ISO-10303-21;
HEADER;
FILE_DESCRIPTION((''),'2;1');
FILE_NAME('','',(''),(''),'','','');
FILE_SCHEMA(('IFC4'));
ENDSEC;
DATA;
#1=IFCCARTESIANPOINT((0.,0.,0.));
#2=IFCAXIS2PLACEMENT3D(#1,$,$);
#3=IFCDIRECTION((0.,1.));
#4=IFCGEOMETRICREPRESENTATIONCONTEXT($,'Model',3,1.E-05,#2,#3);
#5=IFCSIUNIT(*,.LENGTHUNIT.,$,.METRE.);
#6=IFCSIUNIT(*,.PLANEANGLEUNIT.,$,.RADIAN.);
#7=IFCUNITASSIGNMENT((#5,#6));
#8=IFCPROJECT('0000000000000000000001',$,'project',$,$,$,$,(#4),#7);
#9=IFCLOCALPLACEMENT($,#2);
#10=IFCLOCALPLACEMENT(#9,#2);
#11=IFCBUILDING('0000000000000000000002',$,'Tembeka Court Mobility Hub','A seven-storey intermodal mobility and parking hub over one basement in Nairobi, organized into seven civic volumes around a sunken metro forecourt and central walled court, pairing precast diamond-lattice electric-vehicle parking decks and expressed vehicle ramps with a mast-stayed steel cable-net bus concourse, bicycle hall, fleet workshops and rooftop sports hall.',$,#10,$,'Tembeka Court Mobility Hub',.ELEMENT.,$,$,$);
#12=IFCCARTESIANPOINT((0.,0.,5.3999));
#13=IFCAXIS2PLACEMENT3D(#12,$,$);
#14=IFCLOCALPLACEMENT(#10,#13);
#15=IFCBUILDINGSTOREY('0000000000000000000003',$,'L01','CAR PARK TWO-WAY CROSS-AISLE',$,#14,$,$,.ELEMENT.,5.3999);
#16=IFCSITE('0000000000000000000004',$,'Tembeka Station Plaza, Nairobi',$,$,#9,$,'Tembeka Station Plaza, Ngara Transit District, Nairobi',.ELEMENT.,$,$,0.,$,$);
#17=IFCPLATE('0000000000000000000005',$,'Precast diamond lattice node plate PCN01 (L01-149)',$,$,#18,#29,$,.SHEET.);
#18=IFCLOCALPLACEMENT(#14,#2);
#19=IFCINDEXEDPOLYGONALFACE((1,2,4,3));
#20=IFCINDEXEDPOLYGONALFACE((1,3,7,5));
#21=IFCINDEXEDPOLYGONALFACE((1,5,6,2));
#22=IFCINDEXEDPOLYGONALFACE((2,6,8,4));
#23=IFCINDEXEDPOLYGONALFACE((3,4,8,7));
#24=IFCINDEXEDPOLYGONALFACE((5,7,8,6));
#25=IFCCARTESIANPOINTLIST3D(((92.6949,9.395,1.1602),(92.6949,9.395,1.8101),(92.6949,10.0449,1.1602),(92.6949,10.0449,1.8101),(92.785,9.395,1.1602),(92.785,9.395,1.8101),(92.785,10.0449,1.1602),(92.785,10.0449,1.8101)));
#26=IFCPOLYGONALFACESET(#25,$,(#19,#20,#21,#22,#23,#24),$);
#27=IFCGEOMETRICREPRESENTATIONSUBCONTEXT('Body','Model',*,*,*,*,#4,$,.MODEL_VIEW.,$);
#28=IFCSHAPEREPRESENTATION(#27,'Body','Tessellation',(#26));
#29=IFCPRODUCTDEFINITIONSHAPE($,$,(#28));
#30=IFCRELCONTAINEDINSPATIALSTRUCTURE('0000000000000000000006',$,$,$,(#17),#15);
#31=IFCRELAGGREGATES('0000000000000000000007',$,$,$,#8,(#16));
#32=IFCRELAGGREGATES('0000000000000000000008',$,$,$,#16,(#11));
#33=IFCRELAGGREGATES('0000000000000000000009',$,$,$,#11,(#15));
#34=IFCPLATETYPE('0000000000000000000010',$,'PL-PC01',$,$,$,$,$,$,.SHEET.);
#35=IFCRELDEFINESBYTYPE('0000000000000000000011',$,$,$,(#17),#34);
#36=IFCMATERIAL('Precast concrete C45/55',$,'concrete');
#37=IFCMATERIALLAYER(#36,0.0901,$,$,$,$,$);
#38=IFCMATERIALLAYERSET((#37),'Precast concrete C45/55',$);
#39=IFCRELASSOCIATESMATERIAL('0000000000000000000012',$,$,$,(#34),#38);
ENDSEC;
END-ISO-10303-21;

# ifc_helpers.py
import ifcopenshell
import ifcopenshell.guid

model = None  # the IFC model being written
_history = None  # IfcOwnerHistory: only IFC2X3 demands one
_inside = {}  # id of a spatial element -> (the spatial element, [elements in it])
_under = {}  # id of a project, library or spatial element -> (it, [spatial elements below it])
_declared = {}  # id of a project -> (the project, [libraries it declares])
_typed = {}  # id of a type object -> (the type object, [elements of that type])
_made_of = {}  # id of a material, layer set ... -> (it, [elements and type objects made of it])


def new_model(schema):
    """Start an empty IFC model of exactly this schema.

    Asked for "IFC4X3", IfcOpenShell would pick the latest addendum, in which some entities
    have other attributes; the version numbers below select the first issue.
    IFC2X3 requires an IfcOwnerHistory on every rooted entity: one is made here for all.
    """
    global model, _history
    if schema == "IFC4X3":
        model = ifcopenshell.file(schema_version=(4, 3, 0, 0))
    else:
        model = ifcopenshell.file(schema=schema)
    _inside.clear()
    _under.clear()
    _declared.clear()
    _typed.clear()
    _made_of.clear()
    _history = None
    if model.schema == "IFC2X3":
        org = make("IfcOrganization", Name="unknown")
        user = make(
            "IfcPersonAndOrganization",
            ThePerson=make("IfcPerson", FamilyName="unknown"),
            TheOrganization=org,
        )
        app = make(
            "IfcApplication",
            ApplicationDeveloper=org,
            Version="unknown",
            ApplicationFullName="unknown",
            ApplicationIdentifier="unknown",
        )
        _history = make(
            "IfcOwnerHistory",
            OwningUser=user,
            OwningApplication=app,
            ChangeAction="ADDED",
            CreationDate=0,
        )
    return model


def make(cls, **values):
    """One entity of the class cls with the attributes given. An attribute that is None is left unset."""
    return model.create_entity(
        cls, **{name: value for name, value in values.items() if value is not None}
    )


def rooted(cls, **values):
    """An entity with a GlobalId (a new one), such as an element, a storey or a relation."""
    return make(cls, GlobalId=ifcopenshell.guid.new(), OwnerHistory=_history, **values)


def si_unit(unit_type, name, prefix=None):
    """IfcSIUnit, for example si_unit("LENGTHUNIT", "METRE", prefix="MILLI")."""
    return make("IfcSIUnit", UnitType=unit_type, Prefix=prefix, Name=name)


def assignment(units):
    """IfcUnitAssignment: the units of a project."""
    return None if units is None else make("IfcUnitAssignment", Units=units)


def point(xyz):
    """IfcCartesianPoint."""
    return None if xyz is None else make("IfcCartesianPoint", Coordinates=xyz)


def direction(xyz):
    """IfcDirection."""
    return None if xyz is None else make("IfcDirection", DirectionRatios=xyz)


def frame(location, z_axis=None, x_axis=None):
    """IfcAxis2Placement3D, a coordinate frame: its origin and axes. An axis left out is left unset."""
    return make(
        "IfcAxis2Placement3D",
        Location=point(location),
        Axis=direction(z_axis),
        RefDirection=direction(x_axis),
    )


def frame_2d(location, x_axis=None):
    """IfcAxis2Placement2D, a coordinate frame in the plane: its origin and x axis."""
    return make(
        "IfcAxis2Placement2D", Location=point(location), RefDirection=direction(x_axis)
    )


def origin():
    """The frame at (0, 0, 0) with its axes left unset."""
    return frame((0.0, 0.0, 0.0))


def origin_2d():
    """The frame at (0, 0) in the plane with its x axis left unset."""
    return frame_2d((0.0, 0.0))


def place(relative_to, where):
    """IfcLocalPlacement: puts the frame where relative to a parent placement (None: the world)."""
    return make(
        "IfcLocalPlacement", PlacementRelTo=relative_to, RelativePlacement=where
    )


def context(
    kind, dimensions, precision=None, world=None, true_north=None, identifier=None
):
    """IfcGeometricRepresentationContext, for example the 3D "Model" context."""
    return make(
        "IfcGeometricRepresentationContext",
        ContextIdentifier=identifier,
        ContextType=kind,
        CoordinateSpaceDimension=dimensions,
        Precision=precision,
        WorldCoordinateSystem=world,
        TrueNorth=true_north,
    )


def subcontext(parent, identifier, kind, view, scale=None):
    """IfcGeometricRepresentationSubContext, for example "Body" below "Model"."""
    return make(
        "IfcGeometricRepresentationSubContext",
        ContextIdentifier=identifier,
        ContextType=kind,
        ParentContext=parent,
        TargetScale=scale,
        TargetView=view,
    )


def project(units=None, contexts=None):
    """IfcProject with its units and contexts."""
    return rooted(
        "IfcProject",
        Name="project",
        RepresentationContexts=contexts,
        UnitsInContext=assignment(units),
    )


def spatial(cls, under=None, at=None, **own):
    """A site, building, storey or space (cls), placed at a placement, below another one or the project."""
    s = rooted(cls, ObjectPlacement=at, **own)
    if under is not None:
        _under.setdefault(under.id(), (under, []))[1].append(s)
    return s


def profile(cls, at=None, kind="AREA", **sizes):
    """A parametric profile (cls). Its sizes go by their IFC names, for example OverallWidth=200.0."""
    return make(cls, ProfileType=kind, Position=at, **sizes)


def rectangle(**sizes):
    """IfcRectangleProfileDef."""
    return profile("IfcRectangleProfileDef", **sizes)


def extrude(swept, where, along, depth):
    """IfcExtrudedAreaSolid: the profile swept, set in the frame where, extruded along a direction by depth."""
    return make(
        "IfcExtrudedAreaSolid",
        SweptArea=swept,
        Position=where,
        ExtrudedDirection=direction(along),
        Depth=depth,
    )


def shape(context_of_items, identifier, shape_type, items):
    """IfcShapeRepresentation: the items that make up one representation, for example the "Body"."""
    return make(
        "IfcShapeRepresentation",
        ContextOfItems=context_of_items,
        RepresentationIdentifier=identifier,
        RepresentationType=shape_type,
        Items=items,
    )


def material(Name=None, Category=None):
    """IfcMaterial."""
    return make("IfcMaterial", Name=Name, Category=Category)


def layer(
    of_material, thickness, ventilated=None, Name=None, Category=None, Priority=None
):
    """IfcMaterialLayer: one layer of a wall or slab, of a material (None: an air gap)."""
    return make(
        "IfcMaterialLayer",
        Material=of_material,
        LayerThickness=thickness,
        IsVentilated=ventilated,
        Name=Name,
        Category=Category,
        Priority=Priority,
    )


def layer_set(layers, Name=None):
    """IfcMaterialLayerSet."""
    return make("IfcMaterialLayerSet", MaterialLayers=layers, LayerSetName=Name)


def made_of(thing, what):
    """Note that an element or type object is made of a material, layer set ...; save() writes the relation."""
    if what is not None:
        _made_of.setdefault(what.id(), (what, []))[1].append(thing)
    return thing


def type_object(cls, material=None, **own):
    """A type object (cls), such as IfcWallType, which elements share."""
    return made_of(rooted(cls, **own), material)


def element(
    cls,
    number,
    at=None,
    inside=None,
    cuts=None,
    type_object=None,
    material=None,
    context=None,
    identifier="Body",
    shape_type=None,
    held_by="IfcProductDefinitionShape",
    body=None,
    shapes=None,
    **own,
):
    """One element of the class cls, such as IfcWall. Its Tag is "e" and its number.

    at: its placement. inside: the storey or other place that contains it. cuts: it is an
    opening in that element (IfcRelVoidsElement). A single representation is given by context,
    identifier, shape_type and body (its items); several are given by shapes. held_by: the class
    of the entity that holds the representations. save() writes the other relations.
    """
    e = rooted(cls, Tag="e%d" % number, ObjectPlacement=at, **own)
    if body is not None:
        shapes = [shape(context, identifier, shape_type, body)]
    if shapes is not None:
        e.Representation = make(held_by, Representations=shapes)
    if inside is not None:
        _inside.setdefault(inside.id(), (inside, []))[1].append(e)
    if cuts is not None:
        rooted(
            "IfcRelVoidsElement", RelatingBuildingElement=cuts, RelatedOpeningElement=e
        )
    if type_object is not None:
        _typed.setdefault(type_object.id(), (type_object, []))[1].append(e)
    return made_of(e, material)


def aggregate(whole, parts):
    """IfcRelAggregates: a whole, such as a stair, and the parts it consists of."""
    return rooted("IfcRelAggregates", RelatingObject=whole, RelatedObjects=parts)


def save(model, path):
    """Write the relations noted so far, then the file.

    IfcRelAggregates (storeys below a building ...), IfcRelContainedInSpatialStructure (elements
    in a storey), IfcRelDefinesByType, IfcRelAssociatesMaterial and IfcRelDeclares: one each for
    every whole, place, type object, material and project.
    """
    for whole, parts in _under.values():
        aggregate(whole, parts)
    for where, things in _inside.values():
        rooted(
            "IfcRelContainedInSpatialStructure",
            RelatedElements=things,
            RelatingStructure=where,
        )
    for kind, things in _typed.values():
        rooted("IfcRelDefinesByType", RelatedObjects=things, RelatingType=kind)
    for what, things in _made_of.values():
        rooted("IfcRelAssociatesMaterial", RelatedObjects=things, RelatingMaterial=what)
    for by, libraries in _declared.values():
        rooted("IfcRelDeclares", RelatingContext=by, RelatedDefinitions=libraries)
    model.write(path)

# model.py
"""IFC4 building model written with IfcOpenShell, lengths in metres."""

from ifc_helpers import new_model, si_unit, direction, frame, origin, origin_2d, place, context, subcontext, project, spatial, rectangle, extrude, material, layer, layer_set, type_object, element, save


model = new_model("IFC4")

# Units and contexts
model_context = context("Model", 3, precision=1e-05, world=origin(), true_north=direction((0.0, 1.0)))
body_context = subcontext(model_context, "Body", "Model", "MODEL_VIEW")
ifc_project = project(units=[si_unit("LENGTHUNIT", "METRE"), si_unit("PLANEANGLEUNIT", "RADIAN")], contexts=[model_context])

# Site, building, storey
site_placement = place(None, origin())
site = spatial("IfcSite", under=ifc_project, at=site_placement, Name="Tembeka Station Plaza, Nairobi", LongName="Tembeka Station Plaza, Ngara Transit District, Nairobi", CompositionType="ELEMENT", RefElevation=0.0)
building_placement = place(site_placement, origin())
building = spatial("IfcBuilding", under=site, at=building_placement, Name="Tembeka Court Mobility Hub", Description="A seven-storey intermodal mobility and parking hub over one basement in Nairobi, organized into seven civic volumes around a sunken metro forecourt and central walled court, pairing precast diamond-lattice electric-vehicle parking decks and expressed vehicle ramps with a mast-stayed steel cable-net bus concourse, bicycle hall, fleet workshops and rooftop sports hall.", LongName="Tembeka Court Mobility Hub", CompositionType="ELEMENT")
storey_placement = place(building_placement, frame((0.0, 0.0, 5.3999)))
storey = spatial("IfcBuildingStorey", under=building, at=storey_placement, Name="L01", Description="CAR PARK TWO-WAY CROSS-AISLE", CompositionType="ELEMENT", Elevation=5.3999)

# Shared definitions
ifc_material_1 = material(Name="Precast concrete C45/55", Category="concrete")

# Plate
ifc_layer = layer(ifc_material_1, 0.0901)
ifc_layer_set = layer_set([ifc_layer], Name="Precast concrete C45/55")
plate_type = type_object("IfcPlateType", Name="PL-PC01", PredefinedType="SHEET", material=ifc_layer_set)
for number, where, z_axis, x_axis, name in (
    (1, (92.74, 9.72, 1.1602), (0.0, 0.0, 1.0), (1.0, 0.0, 0.0), "Precast diamond lattice node plate PCN01 (L01-149)"),
):
    element("IfcPlate", number, at=place(storey_placement, frame(where, z_axis=z_axis, x_axis=x_axis)), inside=storey, type_object=plate_type, Name=name, PredefinedType="SHEET", context=body_context, shape_type="SweptSolid", body=[
        extrude(rectangle(XDim=0.0901, YDim=0.6499, at=origin_2d()), origin(), (0.0, 0.0, 1.0), 0.6499),
    ])

save(model, "model.ifc")
